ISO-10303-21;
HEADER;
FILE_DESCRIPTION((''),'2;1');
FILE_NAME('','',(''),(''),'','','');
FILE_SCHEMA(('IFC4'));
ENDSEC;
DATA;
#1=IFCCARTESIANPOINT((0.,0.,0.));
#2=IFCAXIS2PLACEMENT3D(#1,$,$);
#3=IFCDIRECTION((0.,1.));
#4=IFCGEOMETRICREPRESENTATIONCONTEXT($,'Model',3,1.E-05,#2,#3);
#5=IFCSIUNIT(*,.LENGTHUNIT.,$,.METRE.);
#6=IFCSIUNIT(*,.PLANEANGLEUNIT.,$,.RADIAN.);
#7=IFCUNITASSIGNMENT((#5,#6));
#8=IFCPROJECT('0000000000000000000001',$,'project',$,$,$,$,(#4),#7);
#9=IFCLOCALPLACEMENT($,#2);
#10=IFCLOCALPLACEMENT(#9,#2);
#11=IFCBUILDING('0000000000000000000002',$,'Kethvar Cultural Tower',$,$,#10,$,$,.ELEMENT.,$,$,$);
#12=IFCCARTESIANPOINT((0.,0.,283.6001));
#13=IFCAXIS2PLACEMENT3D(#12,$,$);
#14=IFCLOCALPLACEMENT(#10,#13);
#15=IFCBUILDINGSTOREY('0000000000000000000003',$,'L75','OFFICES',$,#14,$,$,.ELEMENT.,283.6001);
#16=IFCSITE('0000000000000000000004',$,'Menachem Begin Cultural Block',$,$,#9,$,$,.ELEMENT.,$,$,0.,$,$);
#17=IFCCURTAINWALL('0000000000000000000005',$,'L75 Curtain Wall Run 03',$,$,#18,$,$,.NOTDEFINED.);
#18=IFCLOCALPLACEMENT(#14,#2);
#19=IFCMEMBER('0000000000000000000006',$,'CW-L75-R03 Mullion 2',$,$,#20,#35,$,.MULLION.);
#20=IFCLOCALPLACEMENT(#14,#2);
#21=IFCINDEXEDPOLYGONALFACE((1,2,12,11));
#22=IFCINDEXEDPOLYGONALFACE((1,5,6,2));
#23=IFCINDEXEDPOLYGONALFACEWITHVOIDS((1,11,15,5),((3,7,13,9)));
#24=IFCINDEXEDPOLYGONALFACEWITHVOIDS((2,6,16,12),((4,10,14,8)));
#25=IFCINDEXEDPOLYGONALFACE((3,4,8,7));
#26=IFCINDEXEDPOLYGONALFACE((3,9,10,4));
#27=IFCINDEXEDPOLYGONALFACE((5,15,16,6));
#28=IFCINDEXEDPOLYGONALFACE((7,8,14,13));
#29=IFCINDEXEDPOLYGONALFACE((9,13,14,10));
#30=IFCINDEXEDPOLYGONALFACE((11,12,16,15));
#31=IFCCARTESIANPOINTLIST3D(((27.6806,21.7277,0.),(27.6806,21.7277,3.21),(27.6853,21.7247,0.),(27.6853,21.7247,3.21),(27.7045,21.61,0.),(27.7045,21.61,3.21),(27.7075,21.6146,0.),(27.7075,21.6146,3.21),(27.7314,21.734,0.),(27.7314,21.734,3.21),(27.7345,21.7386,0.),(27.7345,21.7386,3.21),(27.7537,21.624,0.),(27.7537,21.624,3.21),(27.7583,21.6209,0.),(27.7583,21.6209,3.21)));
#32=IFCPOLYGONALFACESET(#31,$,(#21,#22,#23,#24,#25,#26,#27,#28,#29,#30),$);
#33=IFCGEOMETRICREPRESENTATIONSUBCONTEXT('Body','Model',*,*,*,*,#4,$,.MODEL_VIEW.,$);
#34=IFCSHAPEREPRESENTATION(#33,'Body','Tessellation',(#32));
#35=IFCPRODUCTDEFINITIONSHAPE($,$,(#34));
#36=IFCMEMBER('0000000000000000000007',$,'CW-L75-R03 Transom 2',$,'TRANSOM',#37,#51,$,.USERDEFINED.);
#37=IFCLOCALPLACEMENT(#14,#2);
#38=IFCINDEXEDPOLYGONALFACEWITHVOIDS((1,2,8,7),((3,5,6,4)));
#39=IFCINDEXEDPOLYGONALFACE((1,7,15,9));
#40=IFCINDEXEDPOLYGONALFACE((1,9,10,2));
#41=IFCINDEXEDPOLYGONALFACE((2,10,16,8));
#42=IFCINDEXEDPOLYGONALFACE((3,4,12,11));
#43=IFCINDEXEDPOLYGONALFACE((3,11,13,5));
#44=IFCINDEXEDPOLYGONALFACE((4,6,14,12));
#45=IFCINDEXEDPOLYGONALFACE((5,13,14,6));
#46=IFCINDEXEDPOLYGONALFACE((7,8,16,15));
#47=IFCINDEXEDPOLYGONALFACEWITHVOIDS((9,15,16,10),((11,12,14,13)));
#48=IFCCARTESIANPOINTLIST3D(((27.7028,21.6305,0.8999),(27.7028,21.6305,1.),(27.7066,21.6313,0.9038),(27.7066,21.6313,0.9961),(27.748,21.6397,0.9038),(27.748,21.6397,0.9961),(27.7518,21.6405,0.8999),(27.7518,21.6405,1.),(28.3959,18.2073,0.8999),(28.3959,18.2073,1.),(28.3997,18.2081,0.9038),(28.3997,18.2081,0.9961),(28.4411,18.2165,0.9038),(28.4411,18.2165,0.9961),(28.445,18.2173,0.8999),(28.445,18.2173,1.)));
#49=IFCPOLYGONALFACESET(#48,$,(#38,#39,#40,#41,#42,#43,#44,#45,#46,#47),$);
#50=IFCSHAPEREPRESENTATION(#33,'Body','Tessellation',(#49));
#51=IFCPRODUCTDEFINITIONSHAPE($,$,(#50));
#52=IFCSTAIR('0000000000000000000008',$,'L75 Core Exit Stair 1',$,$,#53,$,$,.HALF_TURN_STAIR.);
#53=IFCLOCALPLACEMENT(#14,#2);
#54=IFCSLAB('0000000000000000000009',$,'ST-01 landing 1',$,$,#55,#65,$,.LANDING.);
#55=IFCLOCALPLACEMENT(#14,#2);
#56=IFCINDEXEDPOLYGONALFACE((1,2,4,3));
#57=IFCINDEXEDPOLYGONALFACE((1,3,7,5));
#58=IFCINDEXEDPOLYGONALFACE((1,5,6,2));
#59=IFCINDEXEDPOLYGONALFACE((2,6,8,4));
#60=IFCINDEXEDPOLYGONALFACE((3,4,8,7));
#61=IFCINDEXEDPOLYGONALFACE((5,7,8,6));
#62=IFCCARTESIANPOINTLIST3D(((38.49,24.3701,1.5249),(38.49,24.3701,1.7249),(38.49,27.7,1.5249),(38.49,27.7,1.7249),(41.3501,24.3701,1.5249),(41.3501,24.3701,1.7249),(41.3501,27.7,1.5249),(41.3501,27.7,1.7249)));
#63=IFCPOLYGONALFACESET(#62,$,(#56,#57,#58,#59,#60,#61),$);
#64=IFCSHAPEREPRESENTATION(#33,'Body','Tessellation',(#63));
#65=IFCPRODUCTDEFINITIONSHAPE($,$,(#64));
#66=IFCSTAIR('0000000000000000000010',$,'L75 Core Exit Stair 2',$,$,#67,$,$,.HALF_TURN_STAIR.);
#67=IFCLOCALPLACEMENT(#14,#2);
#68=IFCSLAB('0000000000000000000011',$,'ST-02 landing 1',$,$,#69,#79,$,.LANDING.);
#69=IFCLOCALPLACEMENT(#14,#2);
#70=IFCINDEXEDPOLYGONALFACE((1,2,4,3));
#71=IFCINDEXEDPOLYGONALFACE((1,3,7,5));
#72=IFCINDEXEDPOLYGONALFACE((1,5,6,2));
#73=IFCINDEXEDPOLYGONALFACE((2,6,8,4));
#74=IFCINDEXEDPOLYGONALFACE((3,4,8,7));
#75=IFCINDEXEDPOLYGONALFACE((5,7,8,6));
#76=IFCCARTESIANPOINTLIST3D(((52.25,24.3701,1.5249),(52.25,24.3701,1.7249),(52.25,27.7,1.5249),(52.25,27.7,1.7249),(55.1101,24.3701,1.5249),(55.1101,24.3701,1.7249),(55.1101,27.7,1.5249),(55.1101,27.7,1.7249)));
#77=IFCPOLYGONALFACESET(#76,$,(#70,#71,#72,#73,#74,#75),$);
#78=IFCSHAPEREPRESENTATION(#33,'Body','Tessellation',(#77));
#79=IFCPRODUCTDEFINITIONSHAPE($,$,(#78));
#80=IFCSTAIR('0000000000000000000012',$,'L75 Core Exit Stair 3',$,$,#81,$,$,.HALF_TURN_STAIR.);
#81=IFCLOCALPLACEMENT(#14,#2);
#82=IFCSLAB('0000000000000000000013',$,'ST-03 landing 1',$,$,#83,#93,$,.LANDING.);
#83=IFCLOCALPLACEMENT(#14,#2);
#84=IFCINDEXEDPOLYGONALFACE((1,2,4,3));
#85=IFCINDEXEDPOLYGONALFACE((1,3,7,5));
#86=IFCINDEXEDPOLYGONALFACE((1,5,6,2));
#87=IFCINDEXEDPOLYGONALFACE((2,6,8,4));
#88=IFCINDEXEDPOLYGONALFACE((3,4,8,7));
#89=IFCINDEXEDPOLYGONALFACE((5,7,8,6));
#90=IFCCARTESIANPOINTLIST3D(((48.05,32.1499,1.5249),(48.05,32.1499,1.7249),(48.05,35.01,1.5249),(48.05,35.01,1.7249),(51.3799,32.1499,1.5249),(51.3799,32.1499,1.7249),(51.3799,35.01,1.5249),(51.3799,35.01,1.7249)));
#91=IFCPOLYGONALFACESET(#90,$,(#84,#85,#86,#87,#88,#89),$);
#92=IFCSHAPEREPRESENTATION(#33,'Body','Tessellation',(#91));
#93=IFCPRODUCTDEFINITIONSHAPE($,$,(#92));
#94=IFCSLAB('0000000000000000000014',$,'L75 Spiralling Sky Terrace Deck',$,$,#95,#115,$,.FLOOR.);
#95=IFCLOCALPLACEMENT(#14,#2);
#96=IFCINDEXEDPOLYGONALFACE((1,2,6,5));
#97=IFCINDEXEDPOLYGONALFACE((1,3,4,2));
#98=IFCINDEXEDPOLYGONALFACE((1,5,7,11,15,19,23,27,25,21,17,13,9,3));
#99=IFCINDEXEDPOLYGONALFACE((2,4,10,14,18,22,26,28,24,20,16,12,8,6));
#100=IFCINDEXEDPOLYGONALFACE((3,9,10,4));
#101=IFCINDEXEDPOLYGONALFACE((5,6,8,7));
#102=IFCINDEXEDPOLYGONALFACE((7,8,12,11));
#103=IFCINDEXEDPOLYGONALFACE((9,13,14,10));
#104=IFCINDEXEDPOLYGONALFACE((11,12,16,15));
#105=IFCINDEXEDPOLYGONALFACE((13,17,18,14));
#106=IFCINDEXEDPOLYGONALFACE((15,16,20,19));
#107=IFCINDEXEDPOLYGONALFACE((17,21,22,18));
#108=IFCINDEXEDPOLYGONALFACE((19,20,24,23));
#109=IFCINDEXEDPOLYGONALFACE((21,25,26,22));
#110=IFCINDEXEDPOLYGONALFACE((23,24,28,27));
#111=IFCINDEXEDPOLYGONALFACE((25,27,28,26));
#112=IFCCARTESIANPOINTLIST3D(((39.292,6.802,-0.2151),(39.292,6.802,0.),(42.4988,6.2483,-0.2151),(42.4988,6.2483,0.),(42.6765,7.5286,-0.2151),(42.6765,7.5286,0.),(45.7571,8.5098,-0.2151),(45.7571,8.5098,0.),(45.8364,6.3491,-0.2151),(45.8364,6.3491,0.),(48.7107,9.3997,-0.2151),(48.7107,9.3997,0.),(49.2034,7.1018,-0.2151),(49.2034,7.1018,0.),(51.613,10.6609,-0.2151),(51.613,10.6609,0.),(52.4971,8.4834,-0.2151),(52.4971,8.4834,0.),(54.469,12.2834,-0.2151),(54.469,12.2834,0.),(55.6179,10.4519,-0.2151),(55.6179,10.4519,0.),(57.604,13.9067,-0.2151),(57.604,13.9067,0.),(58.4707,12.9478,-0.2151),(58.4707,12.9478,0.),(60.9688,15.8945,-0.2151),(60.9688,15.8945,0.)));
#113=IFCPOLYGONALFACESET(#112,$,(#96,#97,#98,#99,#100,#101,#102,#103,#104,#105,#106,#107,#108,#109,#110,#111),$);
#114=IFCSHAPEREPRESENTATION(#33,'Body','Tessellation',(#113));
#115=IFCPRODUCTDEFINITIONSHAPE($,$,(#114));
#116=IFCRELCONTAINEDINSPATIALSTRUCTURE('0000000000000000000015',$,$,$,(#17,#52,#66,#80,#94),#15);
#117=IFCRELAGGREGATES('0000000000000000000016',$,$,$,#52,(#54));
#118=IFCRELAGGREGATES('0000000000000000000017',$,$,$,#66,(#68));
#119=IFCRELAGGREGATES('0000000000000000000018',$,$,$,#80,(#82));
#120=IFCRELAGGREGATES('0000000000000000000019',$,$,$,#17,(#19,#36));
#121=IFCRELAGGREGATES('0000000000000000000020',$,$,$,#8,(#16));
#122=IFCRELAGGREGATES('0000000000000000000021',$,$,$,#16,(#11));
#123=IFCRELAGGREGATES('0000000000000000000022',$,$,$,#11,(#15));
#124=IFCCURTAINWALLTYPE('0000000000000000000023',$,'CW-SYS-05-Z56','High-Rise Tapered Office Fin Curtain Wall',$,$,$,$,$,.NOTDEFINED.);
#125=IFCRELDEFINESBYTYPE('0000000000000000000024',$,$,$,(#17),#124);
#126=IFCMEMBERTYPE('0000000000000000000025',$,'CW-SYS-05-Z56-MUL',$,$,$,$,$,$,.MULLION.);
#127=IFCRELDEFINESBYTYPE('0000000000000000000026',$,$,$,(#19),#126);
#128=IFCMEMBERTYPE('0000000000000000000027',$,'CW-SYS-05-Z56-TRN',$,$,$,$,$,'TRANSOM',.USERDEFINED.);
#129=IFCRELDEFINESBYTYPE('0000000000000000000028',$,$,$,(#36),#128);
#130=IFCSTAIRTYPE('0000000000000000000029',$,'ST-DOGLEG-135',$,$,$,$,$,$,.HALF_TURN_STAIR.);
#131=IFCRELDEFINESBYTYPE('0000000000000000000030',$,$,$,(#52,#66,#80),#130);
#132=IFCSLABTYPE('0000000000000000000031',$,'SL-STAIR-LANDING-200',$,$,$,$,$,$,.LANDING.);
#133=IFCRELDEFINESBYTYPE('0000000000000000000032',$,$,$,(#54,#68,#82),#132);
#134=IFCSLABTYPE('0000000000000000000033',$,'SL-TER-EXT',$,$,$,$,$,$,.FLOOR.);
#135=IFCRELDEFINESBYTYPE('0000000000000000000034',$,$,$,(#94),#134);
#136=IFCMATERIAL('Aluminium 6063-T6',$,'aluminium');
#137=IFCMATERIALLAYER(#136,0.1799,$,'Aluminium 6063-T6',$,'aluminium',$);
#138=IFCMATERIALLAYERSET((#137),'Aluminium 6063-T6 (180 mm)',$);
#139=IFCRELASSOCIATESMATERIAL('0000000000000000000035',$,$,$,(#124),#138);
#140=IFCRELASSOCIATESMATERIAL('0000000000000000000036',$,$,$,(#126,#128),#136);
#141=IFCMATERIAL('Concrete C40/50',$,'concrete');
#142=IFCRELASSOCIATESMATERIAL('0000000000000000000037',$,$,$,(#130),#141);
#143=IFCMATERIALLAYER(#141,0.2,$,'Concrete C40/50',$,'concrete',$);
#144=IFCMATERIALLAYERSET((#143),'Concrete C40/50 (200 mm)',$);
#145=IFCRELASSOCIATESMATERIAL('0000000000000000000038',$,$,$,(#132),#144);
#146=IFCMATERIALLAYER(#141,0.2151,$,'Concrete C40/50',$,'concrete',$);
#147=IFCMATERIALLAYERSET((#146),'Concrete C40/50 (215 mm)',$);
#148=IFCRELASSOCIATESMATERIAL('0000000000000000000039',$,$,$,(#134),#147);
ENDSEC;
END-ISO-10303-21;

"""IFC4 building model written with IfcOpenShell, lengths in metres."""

from ifc_helpers import new_model, si_unit, direction, frame, origin, origin_2d, place, context, subcontext, project, spatial, polyline, hollow_rectangle, outline, extrude, source, transform, mapped, material, layer, layer_set, material_profile, profile_set, type_object, element, aggregate, save


model = new_model("IFC4")

# Units and contexts
model_context = context("Model", 3, precision=1e-05, world=origin(), true_north=direction((0.0, 1.0)))
body_context = subcontext(model_context, "Body", "Model", "MODEL_VIEW")
ifc_project = project(units=[si_unit("LENGTHUNIT", "METRE"), si_unit("PLANEANGLEUNIT", "RADIAN")], contexts=[model_context])

# Site, building, storey
site_placement = place(None, origin())
site = spatial("IfcSite", under=ifc_project, at=site_placement, Name="Menachem Begin Cultural Block", CompositionType="ELEMENT", RefElevation=0.0)
building_placement = place(site_placement, origin())
building = spatial("IfcBuilding", under=site, at=building_placement, Name="Kethvar Cultural Tower", CompositionType="ELEMENT")
storey_placement = place(building_placement, frame((0.0, 0.0, 283.6001)))
storey = spatial("IfcBuildingStorey", under=building, at=storey_placement, Name="L75", Description="OFFICES", CompositionType="ELEMENT", Elevation=283.6001)

# Curtain wall, members
ifc_material_1 = material(Name="Aluminium 6063-T6", Category="aluminium")
ifc_layer_1 = layer(ifc_material_1, 0.1799, Name="Aluminium 6063-T6", Category="aluminium")
ifc_layer_set_1 = layer_set([ifc_layer_1], Name="Aluminium 6063-T6 (180 mm)")
curtain_wall_type = type_object("IfcCurtainWallType", Name="CW-SYS-05-Z56", Description="High-Rise Tapered Office Fin Curtain Wall", PredefinedType="NOTDEFINED", material=ifc_layer_set_1)
curtain_wall_placement = place(storey_placement, origin())
curtain_wall = element("IfcCurtainWall", 1, at=curtain_wall_placement, inside=storey, type_object=curtain_wall_type, Name="L75 Curtain Wall Run 03", PredefinedType="NOTDEFINED")
ifc_material_profile_1 = material_profile(ifc_material_1, hollow_rectangle(XDim=0.0549, YDim=0.1201, WallThickness=0.0039, at=origin_2d()), Name="Aluminium 6063-T6 — RHS120x55x4")
ifc_profile_set_1 = profile_set([ifc_material_profile_1], Name="Aluminium 6063-T6 — RHS120x55x4")
member_type_1 = type_object("IfcMemberType", Name="CW-SYS-05-Z56-MUL", PredefinedType="MULLION", material=ifc_profile_set_1)
shared_shape_1 = source(origin(), body_context, "Body", "SweptSolid", [
    extrude(hollow_rectangle(XDim=0.0549, YDim=0.1201, WallThickness=0.0039, at=origin_2d()), origin(), (0.0, 0.0, 1.0), 3.21),
])
member_1_placement = place(storey_placement, frame((27.7195, 21.6743, 0.0), z_axis=(0.0, 0.0, 1.0), x_axis=(0.980126, 0.198376, 0.0)))
member_1 = element("IfcMember", 2, at=member_1_placement, type_object=member_type_1, Name="CW-L75-R03 Mullion 2", PredefinedType="MULLION", context=body_context, shape_type="MappedRepresentation", body=[
    mapped(shared_shape_1, transform((0.0, 0.0, 0.0), scale=1.0)),
])
ifc_material_profile_2 = material_profile(ifc_material_1, hollow_rectangle(XDim=0.05, YDim=0.1001, WallThickness=0.0039, at=origin_2d()), Name="Aluminium 6063-T6 — RHS100x50x4")
ifc_profile_set_2 = profile_set([ifc_material_profile_2], Name="Aluminium 6063-T6 — RHS100x50x4")
member_type_2 = type_object("IfcMemberType", Name="CW-SYS-05-Z56-TRN", ElementType="TRANSOM", PredefinedType="USERDEFINED", material=ifc_profile_set_2)
shared_shape_2 = source(origin(), body_context, "Body", "SweptSolid", [
    extrude(hollow_rectangle(XDim=0.05, YDim=0.1001, WallThickness=0.0039, at=origin_2d()), origin(), (0.0, 0.0, 1.0), 3.4927),
])
member_2_placement = place(storey_placement, frame((27.7273, 21.6355, 0.95), z_axis=(0.198455, -0.98011, 0.0), x_axis=(0.98011, 0.198455, 0.0)))
member_2 = element("IfcMember", 3, at=member_2_placement, type_object=member_type_2, Name="CW-L75-R03 Transom 2", ObjectType="TRANSOM", PredefinedType="USERDEFINED", context=body_context, shape_type="MappedRepresentation", body=[
    mapped(shared_shape_2, transform((0.0, 0.0, 0.0), scale=1.0)),
])

# Stairs, slabs
ifc_material_2 = material(Name="Concrete C40/50", Category="concrete")
stair_type = type_object("IfcStairType", Name="ST-DOGLEG-135", PredefinedType="HALF_TURN_STAIR", material=ifc_material_2)
stair_1_placement = place(storey_placement, origin())
stair_1 = element("IfcStair", 4, at=stair_1_placement, inside=storey, type_object=stair_type, Name="L75 Core Exit Stair 1", PredefinedType="HALF_TURN_STAIR")
ifc_layer_2 = layer(ifc_material_2, 0.2, Name="Concrete C40/50", Category="concrete")
ifc_layer_set_2 = layer_set([ifc_layer_2], Name="Concrete C40/50 (200 mm)")
slab_type_1 = type_object("IfcSlabType", Name="SL-STAIR-LANDING-200", PredefinedType="LANDING", material=ifc_layer_set_2)
slab_1_placement = place(storey_placement, frame((0.0, 0.0, 1.5249)))
slab_1 = element("IfcSlab", 5, at=slab_1_placement, type_object=slab_type_1, Name="ST-01 landing 1", PredefinedType="LANDING", context=body_context, shape_type="SweptSolid", body=[
    extrude(outline(polyline([(41.3501, 24.3701), (41.3501, 27.7), (38.49, 27.7), (38.49, 24.3701), (41.3501, 24.3701)])), origin(), (0.0, 0.0, 1.0), 0.2),
])
aggregate(stair_1, [slab_1])
stair_2_placement = place(storey_placement, origin())
stair_2 = element("IfcStair", 6, at=stair_2_placement, inside=storey, type_object=stair_type, Name="L75 Core Exit Stair 2", PredefinedType="HALF_TURN_STAIR")
slab_2_placement = place(storey_placement, frame((0.0, 0.0, 1.5249)))
slab_2 = element("IfcSlab", 7, at=slab_2_placement, type_object=slab_type_1, Name="ST-02 landing 1", PredefinedType="LANDING", context=body_context, shape_type="SweptSolid", body=[
    extrude(outline(polyline([(55.1101, 24.3701), (55.1101, 27.7), (52.25, 27.7), (52.25, 24.3701), (55.1101, 24.3701)])), origin(), (0.0, 0.0, 1.0), 0.2),
])
aggregate(stair_2, [slab_2])
stair_3_placement = place(storey_placement, origin())
stair_3 = element("IfcStair", 8, at=stair_3_placement, inside=storey, type_object=stair_type, Name="L75 Core Exit Stair 3", PredefinedType="HALF_TURN_STAIR")
slab_3_placement = place(storey_placement, frame((0.0, 0.0, 1.5249)))
slab_3 = element("IfcSlab", 9, at=slab_3_placement, type_object=slab_type_1, Name="ST-03 landing 1", PredefinedType="LANDING", context=body_context, shape_type="SweptSolid", body=[
    extrude(outline(polyline([(51.3799, 35.01), (48.05, 35.01), (48.05, 32.1499), (51.3799, 32.1499), (51.3799, 35.01)])), origin(), (0.0, 0.0, 1.0), 0.2),
])
aggregate(stair_3, [slab_3])

# Slab
ifc_layer_3 = layer(ifc_material_2, 0.2151, Name="Concrete C40/50", Category="concrete")
ifc_layer_set_3 = layer_set([ifc_layer_3], Name="Concrete C40/50 (215 mm)")
slab_type_2 = type_object("IfcSlabType", Name="SL-TER-EXT", PredefinedType="FLOOR", material=ifc_layer_set_3)
slab_4_placement = place(storey_placement, frame((0.0, 0.0, -0.2151)))
element("IfcSlab", 10, at=slab_4_placement, inside=storey, type_object=slab_type_2, Name="L75 Spiralling Sky Terrace Deck", PredefinedType="FLOOR", context=body_context, shape_type="SweptSolid", body=[
    extrude(outline(polyline([(39.292, 6.802), (42.4988, 6.2483), (45.8364, 6.3491), (49.2034, 7.1018), (52.4971, 8.4834), (55.6179, 10.4519), (58.4707, 12.9478), (60.9688, 15.8945), (57.604, 13.9067), (54.469, 12.2834), (51.613, 10.6609), (48.7107, 9.3997), (45.7571, 8.5098), (42.6765, 7.5286), (39.292, 6.802)])), origin(), (0.0, 0.0, 1.0), 0.2151),
])

aggregate(curtain_wall, [member_1, member_2])

save(model, "model.ifc")
